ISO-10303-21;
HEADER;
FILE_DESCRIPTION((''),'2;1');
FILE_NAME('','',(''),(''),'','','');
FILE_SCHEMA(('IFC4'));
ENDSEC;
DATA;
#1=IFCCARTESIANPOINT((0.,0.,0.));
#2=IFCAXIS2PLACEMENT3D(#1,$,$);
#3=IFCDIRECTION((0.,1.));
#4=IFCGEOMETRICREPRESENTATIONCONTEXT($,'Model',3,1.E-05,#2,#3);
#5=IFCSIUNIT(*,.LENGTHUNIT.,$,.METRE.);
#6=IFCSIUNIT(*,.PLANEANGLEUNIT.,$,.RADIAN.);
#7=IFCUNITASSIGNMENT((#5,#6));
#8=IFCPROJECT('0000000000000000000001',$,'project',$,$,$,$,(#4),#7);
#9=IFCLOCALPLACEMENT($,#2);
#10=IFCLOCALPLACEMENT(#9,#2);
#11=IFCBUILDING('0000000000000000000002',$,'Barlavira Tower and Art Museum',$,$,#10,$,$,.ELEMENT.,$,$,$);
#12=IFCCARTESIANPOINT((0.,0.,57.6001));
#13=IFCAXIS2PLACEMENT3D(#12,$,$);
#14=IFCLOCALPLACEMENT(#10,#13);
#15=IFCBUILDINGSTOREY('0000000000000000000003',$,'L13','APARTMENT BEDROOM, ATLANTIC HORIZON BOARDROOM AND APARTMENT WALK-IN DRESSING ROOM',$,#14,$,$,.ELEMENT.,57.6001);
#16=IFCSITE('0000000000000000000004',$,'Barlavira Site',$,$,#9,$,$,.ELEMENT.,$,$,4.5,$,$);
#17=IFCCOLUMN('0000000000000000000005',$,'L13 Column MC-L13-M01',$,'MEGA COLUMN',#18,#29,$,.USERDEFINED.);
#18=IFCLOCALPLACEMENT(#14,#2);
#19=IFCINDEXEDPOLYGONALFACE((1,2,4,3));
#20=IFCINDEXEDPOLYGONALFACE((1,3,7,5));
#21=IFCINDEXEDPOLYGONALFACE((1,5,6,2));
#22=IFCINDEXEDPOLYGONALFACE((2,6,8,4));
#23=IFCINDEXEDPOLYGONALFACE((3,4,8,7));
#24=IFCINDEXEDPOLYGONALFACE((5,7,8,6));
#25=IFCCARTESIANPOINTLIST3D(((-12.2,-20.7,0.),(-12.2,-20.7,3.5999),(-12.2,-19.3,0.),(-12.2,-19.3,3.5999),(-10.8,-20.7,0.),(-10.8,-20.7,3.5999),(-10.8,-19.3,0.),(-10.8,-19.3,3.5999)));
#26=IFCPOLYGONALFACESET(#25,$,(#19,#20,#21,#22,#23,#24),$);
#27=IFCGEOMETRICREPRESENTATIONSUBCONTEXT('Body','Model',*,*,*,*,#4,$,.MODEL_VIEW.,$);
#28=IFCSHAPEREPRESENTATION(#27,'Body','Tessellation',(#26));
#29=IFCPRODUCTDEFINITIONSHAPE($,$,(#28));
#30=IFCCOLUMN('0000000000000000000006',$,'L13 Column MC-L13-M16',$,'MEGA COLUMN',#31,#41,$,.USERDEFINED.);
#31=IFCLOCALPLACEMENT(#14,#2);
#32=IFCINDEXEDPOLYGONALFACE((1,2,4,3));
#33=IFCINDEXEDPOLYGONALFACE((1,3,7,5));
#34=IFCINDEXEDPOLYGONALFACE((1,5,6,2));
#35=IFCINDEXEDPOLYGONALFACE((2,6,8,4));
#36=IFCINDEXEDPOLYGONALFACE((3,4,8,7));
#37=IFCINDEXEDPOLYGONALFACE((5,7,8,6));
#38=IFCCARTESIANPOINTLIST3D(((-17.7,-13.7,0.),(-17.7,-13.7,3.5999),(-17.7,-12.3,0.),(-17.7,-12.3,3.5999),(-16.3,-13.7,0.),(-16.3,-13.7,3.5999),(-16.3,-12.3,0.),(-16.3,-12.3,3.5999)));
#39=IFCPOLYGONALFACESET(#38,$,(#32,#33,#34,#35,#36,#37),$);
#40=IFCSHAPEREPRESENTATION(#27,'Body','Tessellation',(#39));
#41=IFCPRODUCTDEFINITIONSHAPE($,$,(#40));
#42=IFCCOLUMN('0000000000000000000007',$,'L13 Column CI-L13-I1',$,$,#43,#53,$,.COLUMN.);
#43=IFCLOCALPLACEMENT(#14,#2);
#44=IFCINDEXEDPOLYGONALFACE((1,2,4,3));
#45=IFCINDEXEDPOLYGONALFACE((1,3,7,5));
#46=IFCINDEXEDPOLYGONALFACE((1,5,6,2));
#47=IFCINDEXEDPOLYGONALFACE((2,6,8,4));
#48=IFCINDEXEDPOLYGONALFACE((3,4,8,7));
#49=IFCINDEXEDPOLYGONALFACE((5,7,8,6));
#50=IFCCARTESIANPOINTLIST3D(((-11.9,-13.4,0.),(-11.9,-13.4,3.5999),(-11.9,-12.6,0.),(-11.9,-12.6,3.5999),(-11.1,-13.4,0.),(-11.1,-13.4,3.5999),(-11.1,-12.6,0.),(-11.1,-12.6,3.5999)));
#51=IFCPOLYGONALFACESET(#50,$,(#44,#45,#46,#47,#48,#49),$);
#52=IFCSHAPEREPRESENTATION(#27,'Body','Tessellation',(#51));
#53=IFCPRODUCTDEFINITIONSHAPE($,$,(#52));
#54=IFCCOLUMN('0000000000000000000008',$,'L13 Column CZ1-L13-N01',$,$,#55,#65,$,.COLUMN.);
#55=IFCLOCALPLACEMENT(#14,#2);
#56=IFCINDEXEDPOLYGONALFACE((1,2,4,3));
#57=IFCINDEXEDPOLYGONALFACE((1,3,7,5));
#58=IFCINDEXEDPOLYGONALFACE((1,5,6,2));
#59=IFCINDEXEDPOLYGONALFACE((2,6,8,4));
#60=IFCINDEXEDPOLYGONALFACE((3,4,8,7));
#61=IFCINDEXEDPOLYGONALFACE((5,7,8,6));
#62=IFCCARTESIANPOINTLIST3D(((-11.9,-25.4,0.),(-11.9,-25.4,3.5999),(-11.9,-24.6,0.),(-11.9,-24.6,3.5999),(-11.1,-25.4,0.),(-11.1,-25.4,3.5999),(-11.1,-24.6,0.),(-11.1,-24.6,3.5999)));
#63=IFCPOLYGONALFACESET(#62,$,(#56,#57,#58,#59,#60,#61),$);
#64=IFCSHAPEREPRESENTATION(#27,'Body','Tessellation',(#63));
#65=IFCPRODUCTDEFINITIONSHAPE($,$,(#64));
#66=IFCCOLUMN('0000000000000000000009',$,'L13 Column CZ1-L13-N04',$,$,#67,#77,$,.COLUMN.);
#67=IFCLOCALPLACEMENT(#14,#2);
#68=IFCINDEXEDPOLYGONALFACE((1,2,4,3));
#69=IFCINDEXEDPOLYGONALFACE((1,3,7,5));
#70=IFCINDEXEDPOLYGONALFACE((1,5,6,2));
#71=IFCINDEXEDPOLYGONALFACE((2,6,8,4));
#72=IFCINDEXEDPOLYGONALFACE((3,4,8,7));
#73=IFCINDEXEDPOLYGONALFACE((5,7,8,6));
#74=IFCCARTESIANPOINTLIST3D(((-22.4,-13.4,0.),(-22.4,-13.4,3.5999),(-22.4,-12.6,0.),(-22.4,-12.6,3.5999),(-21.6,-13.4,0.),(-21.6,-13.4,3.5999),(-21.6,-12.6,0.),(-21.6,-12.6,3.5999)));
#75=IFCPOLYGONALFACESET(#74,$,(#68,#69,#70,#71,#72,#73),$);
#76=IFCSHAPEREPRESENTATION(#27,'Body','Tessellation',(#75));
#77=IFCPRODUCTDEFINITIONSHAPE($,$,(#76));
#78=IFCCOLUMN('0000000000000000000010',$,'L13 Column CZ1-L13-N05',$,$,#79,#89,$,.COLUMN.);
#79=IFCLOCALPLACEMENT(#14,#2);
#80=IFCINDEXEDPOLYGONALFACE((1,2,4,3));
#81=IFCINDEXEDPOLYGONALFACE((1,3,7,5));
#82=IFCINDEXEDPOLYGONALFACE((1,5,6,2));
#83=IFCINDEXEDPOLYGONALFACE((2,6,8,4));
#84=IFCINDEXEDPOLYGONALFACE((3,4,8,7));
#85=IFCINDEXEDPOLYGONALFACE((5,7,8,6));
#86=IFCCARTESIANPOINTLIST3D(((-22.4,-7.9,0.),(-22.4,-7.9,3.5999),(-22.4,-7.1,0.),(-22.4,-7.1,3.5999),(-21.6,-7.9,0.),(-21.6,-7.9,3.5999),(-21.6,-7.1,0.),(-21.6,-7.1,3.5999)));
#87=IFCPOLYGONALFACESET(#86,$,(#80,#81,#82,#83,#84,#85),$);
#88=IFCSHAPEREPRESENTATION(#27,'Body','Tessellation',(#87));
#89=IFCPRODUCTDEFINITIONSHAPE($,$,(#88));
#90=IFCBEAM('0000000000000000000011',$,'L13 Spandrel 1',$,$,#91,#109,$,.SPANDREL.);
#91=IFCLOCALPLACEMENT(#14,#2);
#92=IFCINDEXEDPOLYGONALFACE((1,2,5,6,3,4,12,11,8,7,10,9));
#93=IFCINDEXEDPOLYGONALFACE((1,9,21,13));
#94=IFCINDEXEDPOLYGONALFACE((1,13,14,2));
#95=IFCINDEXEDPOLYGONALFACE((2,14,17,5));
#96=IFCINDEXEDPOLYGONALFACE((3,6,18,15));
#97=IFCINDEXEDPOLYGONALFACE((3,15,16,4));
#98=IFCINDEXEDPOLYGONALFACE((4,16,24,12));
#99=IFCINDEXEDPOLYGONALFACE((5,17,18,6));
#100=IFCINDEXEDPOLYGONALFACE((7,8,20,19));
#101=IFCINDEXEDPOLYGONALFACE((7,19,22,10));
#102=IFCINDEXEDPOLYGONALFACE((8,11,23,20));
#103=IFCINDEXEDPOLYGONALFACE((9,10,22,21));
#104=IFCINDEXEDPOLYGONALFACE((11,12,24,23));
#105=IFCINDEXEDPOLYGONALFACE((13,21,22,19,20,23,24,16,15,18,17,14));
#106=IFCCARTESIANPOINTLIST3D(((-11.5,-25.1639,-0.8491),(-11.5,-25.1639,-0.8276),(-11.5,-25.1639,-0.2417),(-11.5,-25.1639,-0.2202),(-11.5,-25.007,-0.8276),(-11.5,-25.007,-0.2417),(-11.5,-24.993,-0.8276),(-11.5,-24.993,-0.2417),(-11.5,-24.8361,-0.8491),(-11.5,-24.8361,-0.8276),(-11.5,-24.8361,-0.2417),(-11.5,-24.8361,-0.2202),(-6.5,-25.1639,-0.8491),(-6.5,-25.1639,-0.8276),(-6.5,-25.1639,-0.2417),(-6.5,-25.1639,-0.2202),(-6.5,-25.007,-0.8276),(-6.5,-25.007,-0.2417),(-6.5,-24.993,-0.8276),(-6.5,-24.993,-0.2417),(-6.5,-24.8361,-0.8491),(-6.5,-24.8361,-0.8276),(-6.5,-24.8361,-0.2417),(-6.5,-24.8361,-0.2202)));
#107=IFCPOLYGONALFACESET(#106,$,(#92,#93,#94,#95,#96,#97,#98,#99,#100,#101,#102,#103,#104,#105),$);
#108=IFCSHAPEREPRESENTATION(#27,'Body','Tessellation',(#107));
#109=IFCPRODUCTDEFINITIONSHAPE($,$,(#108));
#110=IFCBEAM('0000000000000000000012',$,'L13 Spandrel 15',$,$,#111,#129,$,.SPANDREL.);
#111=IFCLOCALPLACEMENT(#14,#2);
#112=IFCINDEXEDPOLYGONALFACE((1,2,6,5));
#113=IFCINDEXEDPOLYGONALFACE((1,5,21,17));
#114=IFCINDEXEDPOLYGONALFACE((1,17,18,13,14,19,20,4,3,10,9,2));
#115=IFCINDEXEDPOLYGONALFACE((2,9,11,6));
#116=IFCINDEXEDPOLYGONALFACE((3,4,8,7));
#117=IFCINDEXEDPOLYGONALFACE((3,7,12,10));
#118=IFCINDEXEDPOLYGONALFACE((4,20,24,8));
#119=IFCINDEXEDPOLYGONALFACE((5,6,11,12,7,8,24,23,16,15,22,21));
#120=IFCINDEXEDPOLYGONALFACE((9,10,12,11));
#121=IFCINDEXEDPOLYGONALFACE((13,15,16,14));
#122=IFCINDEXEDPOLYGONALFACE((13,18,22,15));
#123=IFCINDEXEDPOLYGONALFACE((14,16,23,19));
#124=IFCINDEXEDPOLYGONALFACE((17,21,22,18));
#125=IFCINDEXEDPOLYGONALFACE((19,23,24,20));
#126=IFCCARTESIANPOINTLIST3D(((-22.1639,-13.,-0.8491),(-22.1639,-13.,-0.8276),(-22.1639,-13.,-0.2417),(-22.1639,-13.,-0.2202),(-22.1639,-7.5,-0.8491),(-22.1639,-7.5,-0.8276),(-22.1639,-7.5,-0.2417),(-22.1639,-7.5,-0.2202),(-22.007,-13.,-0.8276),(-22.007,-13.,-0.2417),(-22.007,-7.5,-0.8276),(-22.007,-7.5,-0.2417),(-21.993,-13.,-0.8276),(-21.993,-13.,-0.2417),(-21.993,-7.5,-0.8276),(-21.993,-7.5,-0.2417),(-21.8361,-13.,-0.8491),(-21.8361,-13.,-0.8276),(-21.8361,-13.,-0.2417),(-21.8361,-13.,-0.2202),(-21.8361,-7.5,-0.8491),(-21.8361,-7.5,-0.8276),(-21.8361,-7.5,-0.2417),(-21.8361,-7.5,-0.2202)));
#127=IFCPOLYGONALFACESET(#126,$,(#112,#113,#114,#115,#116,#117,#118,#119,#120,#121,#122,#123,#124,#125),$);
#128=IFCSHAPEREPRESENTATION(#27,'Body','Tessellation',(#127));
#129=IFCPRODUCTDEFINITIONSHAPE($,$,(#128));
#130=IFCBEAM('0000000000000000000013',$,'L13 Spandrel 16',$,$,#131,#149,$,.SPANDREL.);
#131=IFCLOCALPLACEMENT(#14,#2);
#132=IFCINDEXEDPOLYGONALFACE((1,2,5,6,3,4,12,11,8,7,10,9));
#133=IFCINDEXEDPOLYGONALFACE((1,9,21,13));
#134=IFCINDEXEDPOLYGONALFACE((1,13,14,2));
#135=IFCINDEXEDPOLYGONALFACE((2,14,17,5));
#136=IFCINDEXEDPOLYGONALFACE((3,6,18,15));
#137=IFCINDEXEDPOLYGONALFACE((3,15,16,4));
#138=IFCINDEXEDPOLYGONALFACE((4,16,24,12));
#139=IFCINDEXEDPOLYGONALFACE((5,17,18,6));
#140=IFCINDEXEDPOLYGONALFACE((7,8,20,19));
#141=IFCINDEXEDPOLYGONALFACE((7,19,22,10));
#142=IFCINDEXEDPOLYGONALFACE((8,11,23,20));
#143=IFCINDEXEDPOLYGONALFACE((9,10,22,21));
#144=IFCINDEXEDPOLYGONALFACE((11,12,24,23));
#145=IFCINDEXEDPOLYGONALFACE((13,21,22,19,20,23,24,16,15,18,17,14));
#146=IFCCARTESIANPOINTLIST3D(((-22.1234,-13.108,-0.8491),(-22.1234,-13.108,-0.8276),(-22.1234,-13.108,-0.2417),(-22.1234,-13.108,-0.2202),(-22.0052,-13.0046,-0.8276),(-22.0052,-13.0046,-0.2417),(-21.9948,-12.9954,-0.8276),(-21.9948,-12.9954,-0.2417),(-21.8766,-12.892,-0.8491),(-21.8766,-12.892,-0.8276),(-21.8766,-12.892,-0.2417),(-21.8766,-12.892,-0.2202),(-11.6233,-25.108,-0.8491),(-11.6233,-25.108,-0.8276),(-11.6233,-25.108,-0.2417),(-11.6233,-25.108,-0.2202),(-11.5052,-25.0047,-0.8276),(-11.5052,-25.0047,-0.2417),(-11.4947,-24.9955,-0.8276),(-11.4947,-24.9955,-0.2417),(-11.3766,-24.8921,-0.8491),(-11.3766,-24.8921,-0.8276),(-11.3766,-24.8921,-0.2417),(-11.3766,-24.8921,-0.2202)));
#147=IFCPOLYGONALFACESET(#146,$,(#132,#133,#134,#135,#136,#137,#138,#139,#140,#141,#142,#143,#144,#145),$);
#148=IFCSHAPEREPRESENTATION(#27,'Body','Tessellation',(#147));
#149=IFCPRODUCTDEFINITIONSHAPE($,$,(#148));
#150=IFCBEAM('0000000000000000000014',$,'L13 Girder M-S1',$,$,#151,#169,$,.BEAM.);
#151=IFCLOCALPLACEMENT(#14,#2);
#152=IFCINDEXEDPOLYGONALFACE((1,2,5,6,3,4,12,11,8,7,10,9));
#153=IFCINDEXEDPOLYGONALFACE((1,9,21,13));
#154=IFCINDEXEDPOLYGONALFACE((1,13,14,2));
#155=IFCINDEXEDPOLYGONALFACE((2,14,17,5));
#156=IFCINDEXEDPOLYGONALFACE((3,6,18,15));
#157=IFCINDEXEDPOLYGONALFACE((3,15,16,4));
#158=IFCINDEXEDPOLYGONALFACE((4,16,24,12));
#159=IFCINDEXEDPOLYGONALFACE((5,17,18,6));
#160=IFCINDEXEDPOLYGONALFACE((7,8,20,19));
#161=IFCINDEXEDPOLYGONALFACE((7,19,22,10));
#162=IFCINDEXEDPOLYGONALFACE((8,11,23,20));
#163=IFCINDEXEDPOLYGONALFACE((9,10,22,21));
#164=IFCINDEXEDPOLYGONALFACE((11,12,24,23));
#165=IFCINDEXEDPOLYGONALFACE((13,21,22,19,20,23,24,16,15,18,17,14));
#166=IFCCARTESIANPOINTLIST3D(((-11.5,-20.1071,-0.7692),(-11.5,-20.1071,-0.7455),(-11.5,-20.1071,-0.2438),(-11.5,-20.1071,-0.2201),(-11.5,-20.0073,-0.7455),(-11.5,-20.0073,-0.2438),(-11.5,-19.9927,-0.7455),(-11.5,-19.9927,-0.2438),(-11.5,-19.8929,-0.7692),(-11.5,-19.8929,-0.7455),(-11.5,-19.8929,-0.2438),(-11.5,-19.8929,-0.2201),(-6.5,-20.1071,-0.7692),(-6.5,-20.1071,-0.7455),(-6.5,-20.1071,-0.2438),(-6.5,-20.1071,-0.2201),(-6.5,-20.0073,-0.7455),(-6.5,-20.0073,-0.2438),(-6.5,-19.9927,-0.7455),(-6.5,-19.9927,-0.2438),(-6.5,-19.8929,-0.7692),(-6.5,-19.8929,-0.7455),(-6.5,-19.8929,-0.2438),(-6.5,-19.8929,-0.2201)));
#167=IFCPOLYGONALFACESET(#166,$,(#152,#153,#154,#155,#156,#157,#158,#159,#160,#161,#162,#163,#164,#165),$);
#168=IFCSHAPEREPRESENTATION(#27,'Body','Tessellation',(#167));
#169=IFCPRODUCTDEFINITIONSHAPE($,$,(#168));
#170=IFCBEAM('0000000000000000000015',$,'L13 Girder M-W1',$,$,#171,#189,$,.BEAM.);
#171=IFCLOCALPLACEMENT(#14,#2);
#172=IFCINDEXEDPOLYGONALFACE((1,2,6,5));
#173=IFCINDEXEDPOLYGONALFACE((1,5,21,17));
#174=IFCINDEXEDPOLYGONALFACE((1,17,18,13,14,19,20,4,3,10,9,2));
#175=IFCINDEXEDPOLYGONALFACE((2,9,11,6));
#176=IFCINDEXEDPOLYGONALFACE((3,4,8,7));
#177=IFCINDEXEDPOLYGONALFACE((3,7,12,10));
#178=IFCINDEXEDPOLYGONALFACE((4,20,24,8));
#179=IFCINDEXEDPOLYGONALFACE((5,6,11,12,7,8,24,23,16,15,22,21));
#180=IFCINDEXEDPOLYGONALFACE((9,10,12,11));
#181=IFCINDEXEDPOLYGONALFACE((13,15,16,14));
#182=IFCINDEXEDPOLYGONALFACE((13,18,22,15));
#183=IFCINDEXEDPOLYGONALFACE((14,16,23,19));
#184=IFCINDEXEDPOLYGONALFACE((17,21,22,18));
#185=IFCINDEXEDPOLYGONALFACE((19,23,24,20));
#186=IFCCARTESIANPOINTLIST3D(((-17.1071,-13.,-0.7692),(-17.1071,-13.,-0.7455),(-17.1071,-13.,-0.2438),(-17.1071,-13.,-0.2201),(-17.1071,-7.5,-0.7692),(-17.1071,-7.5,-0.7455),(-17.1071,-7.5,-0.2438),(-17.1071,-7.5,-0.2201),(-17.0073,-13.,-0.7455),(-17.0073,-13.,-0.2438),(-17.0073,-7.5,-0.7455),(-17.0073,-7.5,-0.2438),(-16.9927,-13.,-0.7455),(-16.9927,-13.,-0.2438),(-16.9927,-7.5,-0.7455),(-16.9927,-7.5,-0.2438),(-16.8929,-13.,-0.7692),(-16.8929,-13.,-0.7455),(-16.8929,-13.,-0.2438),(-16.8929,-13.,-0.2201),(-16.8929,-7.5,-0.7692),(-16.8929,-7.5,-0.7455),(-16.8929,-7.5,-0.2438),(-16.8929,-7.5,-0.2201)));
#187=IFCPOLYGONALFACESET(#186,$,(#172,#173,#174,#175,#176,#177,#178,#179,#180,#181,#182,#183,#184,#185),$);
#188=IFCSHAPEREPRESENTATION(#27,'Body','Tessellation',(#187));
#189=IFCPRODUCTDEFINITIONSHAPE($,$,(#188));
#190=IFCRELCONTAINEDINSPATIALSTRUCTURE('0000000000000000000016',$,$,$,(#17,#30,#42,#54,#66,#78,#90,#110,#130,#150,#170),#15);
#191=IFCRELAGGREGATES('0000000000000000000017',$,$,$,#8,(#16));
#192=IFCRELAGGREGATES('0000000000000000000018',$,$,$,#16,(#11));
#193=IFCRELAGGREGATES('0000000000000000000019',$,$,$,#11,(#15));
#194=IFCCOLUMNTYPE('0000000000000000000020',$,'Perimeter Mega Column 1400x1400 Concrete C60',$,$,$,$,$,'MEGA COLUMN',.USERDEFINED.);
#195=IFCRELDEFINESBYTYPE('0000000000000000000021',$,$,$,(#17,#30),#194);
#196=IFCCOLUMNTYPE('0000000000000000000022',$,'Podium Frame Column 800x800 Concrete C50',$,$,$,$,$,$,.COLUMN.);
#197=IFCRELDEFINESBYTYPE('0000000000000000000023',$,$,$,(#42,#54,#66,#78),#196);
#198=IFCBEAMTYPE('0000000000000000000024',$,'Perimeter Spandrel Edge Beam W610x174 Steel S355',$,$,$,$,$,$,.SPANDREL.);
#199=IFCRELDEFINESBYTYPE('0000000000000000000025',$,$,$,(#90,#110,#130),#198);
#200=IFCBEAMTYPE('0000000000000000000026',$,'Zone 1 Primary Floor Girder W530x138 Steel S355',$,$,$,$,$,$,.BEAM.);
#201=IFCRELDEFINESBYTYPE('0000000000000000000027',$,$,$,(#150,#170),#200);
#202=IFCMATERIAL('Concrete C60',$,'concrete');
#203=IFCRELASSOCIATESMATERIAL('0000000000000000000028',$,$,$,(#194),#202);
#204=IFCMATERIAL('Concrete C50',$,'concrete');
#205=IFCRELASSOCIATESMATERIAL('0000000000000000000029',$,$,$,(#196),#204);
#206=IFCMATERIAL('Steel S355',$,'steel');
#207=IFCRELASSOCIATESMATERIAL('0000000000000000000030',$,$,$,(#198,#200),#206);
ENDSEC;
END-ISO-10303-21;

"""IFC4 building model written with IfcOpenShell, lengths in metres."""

from ifc_helpers import new_model, si_unit, direction, frame, origin, origin_2d, place, context, subcontext, project, spatial, rectangle, i_section, extrude, material, material_profile, profile_set, type_object, element, save


model = new_model("IFC4")

# Units and contexts
model_context = context("Model", 3, precision=1e-05, world=origin(), true_north=direction((0.0, 1.0)))
body_context = subcontext(model_context, "Body", "Model", "MODEL_VIEW")
ifc_project = project(units=[si_unit("LENGTHUNIT", "METRE"), si_unit("PLANEANGLEUNIT", "RADIAN")], contexts=[model_context])

# Site, building, storey
site_placement = place(None, origin())
site = spatial("IfcSite", under=ifc_project, at=site_placement, Name="Barlavira Site", CompositionType="ELEMENT", RefElevation=4.5)
building_placement = place(site_placement, origin())
building = spatial("IfcBuilding", under=site, at=building_placement, Name="Barlavira Tower and Art Museum", CompositionType="ELEMENT")
storey_placement = place(building_placement, frame((0.0, 0.0, 57.6001)))
storey = spatial("IfcBuildingStorey", under=building, at=storey_placement, Name="L13", Description="APARTMENT BEDROOM, ATLANTIC HORIZON BOARDROOM AND APARTMENT WALK-IN DRESSING ROOM", CompositionType="ELEMENT", Elevation=57.6001)

# Columns
ifc_material_1 = material(Name="Concrete C60", Category="concrete")
ifc_material_profile_1 = material_profile(ifc_material_1, rectangle(XDim=1.3999, YDim=1.3999, at=origin_2d()), Name="RC-MCOL 1400x1400")
ifc_profile_set_1 = profile_set([ifc_material_profile_1], Name="Concrete C60")
column_type_1 = type_object("IfcColumnType", Name="Perimeter Mega Column 1400x1400 Concrete C60", ElementType="MEGA COLUMN", PredefinedType="USERDEFINED", material=ifc_profile_set_1)
for number, where, z_axis, x_axis, name in (
    (1, (-11.5, -20.0, 0.0), (0.0, 0.0, 1.0), (1.0, 0.0, 0.0), "L13 Column MC-L13-M01"),
    (2, (-17.0, -13.0, 0.0), (0.0, 0.0, 1.0), (1.0, 0.0, 0.0), "L13 Column MC-L13-M16"),
):
    element("IfcColumn", number, at=place(storey_placement, frame(where, z_axis=z_axis, x_axis=x_axis)), inside=storey, type_object=column_type_1, Name=name, ObjectType="MEGA COLUMN", PredefinedType="USERDEFINED", context=body_context, shape_type="SweptSolid", body=[
        extrude(rectangle(XDim=1.3999, YDim=1.3999, at=origin_2d()), origin(), (0.0, 0.0, 1.0), 3.5999),
    ])
ifc_material_2 = material(Name="Concrete C50", Category="concrete")
ifc_material_profile_2 = material_profile(ifc_material_2, rectangle(XDim=0.8, YDim=0.8, at=origin_2d()), Name="RC-COL 800x800")
ifc_profile_set_2 = profile_set([ifc_material_profile_2], Name="Concrete C50")
column_type_2 = type_object("IfcColumnType", Name="Podium Frame Column 800x800 Concrete C50", PredefinedType="COLUMN", material=ifc_profile_set_2)
for number, where, z_axis, x_axis, name in (
    (3, (-11.5, -13.0, 0.0), (0.0, 0.0, 1.0), (1.0, 0.0, 0.0), "L13 Column CI-L13-I1"),
    (4, (-11.5, -25.0, 0.0), (0.0, 0.0, 1.0), (1.0, 0.0, 0.0), "L13 Column CZ1-L13-N01"),
    (5, (-22.0, -13.0, 0.0), (0.0, 0.0, 1.0), (1.0, 0.0, 0.0), "L13 Column CZ1-L13-N04"),
    (6, (-22.0, -7.5, 0.0), (0.0, 0.0, 1.0), (1.0, 0.0, 0.0), "L13 Column CZ1-L13-N05"),
):
    element("IfcColumn", number, at=place(storey_placement, frame(where, z_axis=z_axis, x_axis=x_axis)), inside=storey, type_object=column_type_2, Name=name, PredefinedType="COLUMN", context=body_context, shape_type="SweptSolid", body=[
        extrude(rectangle(XDim=0.8, YDim=0.8, at=origin_2d()), origin(), (0.0, 0.0, 1.0), 3.5999),
    ])

# Beams
ifc_material_3 = material(Name="Steel S355", Category="steel")
ifc_material_profile_3 = material_profile(ifc_material_3, i_section(OverallWidth=0.3279, OverallDepth=0.6289, WebThickness=0.0139, FlangeThickness=0.0215, at=origin_2d()), Name="W610x174.0")
ifc_profile_set_3 = profile_set([ifc_material_profile_3], Name="Steel S355")
beam_type_1 = type_object("IfcBeamType", Name="Perimeter Spandrel Edge Beam W610x174 Steel S355", PredefinedType="SPANDREL", material=ifc_profile_set_3)
beam_1_placement = place(storey_placement, frame((-11.5, -25.0, -0.5347), z_axis=(1.0, 0.0, 0.0), x_axis=(0.0, 1.0, 0.0)))
element("IfcBeam", 7, at=beam_1_placement, inside=storey, type_object=beam_type_1, Name="L13 Spandrel 1", PredefinedType="SPANDREL", context=body_context, shape_type="SweptSolid", body=[
    extrude(i_section(OverallWidth=0.3279, OverallDepth=0.6289, WebThickness=0.0139, FlangeThickness=0.0215, at=origin_2d()), origin(), (0.0, 0.0, 1.0), 5.0),
])
beam_2_placement = place(storey_placement, frame((-22.0, -13.0, -0.5347), z_axis=(0.0, 1.0, 0.0), x_axis=(-1.0, 0.0, 0.0)))
element("IfcBeam", 8, at=beam_2_placement, inside=storey, type_object=beam_type_1, Name="L13 Spandrel 15", PredefinedType="SPANDREL", context=body_context, shape_type="SweptSolid", body=[
    extrude(i_section(OverallWidth=0.3279, OverallDepth=0.6289, WebThickness=0.0139, FlangeThickness=0.0215, at=origin_2d()), origin(), (0.0, 0.0, 1.0), 5.5),
])
beam_3_placement = place(storey_placement, frame((-22.0, -13.0, -0.5347), z_axis=(0.658505, -0.752577, 0.0), x_axis=(0.752577, 0.658505, 0.0)))
element("IfcBeam", 9, at=beam_3_placement, inside=storey, type_object=beam_type_1, Name="L13 Spandrel 16", PredefinedType="SPANDREL", context=body_context, shape_type="SweptSolid", body=[
    extrude(i_section(OverallWidth=0.3279, OverallDepth=0.6289, WebThickness=0.0139, FlangeThickness=0.0215, at=origin_2d()), origin(), (0.0, 0.0, 1.0), 15.9453),
])
ifc_material_profile_4 = material_profile(ifc_material_3, i_section(OverallWidth=0.2141, OverallDepth=0.5491, WebThickness=0.0146, FlangeThickness=0.0237, at=origin_2d()), Name="W530x138.0")
ifc_profile_set_4 = profile_set([ifc_material_profile_4], Name="Steel S355")
beam_type_2 = type_object("IfcBeamType", Name="Zone 1 Primary Floor Girder W530x138 Steel S355", PredefinedType="BEAM", material=ifc_profile_set_4)
beam_4_placement = place(storey_placement, frame((-11.5, -20.0, -0.4946), z_axis=(1.0, 0.0, 0.0), x_axis=(0.0, 1.0, 0.0)))
element("IfcBeam", 10, at=beam_4_placement, inside=storey, type_object=beam_type_2, Name="L13 Girder M-S1", PredefinedType="BEAM", context=body_context, shape_type="SweptSolid", body=[
    extrude(i_section(OverallWidth=0.2141, OverallDepth=0.5491, WebThickness=0.0146, FlangeThickness=0.0237, at=origin_2d()), origin(), (0.0, 0.0, 1.0), 5.0),
])
for number, where, z_axis, x_axis, name in (
    (11, (-17.0, -13.0, -0.4946), (0.0, 1.0, 0.0), (-1.0, 0.0, 0.0), "L13 Girder M-W1"),
):
    element("IfcBeam", number, at=place(storey_placement, frame(where, z_axis=z_axis, x_axis=x_axis)), inside=storey, type_object=beam_type_2, Name=name, PredefinedType="BEAM", context=body_context, shape_type="SweptSolid", body=[
        extrude(i_section(OverallWidth=0.2141, OverallDepth=0.5491, WebThickness=0.0146, FlangeThickness=0.0237, at=origin_2d()), origin(), (0.0, 0.0, 1.0), 5.5),
    ])

save(model, "model.ifc")
